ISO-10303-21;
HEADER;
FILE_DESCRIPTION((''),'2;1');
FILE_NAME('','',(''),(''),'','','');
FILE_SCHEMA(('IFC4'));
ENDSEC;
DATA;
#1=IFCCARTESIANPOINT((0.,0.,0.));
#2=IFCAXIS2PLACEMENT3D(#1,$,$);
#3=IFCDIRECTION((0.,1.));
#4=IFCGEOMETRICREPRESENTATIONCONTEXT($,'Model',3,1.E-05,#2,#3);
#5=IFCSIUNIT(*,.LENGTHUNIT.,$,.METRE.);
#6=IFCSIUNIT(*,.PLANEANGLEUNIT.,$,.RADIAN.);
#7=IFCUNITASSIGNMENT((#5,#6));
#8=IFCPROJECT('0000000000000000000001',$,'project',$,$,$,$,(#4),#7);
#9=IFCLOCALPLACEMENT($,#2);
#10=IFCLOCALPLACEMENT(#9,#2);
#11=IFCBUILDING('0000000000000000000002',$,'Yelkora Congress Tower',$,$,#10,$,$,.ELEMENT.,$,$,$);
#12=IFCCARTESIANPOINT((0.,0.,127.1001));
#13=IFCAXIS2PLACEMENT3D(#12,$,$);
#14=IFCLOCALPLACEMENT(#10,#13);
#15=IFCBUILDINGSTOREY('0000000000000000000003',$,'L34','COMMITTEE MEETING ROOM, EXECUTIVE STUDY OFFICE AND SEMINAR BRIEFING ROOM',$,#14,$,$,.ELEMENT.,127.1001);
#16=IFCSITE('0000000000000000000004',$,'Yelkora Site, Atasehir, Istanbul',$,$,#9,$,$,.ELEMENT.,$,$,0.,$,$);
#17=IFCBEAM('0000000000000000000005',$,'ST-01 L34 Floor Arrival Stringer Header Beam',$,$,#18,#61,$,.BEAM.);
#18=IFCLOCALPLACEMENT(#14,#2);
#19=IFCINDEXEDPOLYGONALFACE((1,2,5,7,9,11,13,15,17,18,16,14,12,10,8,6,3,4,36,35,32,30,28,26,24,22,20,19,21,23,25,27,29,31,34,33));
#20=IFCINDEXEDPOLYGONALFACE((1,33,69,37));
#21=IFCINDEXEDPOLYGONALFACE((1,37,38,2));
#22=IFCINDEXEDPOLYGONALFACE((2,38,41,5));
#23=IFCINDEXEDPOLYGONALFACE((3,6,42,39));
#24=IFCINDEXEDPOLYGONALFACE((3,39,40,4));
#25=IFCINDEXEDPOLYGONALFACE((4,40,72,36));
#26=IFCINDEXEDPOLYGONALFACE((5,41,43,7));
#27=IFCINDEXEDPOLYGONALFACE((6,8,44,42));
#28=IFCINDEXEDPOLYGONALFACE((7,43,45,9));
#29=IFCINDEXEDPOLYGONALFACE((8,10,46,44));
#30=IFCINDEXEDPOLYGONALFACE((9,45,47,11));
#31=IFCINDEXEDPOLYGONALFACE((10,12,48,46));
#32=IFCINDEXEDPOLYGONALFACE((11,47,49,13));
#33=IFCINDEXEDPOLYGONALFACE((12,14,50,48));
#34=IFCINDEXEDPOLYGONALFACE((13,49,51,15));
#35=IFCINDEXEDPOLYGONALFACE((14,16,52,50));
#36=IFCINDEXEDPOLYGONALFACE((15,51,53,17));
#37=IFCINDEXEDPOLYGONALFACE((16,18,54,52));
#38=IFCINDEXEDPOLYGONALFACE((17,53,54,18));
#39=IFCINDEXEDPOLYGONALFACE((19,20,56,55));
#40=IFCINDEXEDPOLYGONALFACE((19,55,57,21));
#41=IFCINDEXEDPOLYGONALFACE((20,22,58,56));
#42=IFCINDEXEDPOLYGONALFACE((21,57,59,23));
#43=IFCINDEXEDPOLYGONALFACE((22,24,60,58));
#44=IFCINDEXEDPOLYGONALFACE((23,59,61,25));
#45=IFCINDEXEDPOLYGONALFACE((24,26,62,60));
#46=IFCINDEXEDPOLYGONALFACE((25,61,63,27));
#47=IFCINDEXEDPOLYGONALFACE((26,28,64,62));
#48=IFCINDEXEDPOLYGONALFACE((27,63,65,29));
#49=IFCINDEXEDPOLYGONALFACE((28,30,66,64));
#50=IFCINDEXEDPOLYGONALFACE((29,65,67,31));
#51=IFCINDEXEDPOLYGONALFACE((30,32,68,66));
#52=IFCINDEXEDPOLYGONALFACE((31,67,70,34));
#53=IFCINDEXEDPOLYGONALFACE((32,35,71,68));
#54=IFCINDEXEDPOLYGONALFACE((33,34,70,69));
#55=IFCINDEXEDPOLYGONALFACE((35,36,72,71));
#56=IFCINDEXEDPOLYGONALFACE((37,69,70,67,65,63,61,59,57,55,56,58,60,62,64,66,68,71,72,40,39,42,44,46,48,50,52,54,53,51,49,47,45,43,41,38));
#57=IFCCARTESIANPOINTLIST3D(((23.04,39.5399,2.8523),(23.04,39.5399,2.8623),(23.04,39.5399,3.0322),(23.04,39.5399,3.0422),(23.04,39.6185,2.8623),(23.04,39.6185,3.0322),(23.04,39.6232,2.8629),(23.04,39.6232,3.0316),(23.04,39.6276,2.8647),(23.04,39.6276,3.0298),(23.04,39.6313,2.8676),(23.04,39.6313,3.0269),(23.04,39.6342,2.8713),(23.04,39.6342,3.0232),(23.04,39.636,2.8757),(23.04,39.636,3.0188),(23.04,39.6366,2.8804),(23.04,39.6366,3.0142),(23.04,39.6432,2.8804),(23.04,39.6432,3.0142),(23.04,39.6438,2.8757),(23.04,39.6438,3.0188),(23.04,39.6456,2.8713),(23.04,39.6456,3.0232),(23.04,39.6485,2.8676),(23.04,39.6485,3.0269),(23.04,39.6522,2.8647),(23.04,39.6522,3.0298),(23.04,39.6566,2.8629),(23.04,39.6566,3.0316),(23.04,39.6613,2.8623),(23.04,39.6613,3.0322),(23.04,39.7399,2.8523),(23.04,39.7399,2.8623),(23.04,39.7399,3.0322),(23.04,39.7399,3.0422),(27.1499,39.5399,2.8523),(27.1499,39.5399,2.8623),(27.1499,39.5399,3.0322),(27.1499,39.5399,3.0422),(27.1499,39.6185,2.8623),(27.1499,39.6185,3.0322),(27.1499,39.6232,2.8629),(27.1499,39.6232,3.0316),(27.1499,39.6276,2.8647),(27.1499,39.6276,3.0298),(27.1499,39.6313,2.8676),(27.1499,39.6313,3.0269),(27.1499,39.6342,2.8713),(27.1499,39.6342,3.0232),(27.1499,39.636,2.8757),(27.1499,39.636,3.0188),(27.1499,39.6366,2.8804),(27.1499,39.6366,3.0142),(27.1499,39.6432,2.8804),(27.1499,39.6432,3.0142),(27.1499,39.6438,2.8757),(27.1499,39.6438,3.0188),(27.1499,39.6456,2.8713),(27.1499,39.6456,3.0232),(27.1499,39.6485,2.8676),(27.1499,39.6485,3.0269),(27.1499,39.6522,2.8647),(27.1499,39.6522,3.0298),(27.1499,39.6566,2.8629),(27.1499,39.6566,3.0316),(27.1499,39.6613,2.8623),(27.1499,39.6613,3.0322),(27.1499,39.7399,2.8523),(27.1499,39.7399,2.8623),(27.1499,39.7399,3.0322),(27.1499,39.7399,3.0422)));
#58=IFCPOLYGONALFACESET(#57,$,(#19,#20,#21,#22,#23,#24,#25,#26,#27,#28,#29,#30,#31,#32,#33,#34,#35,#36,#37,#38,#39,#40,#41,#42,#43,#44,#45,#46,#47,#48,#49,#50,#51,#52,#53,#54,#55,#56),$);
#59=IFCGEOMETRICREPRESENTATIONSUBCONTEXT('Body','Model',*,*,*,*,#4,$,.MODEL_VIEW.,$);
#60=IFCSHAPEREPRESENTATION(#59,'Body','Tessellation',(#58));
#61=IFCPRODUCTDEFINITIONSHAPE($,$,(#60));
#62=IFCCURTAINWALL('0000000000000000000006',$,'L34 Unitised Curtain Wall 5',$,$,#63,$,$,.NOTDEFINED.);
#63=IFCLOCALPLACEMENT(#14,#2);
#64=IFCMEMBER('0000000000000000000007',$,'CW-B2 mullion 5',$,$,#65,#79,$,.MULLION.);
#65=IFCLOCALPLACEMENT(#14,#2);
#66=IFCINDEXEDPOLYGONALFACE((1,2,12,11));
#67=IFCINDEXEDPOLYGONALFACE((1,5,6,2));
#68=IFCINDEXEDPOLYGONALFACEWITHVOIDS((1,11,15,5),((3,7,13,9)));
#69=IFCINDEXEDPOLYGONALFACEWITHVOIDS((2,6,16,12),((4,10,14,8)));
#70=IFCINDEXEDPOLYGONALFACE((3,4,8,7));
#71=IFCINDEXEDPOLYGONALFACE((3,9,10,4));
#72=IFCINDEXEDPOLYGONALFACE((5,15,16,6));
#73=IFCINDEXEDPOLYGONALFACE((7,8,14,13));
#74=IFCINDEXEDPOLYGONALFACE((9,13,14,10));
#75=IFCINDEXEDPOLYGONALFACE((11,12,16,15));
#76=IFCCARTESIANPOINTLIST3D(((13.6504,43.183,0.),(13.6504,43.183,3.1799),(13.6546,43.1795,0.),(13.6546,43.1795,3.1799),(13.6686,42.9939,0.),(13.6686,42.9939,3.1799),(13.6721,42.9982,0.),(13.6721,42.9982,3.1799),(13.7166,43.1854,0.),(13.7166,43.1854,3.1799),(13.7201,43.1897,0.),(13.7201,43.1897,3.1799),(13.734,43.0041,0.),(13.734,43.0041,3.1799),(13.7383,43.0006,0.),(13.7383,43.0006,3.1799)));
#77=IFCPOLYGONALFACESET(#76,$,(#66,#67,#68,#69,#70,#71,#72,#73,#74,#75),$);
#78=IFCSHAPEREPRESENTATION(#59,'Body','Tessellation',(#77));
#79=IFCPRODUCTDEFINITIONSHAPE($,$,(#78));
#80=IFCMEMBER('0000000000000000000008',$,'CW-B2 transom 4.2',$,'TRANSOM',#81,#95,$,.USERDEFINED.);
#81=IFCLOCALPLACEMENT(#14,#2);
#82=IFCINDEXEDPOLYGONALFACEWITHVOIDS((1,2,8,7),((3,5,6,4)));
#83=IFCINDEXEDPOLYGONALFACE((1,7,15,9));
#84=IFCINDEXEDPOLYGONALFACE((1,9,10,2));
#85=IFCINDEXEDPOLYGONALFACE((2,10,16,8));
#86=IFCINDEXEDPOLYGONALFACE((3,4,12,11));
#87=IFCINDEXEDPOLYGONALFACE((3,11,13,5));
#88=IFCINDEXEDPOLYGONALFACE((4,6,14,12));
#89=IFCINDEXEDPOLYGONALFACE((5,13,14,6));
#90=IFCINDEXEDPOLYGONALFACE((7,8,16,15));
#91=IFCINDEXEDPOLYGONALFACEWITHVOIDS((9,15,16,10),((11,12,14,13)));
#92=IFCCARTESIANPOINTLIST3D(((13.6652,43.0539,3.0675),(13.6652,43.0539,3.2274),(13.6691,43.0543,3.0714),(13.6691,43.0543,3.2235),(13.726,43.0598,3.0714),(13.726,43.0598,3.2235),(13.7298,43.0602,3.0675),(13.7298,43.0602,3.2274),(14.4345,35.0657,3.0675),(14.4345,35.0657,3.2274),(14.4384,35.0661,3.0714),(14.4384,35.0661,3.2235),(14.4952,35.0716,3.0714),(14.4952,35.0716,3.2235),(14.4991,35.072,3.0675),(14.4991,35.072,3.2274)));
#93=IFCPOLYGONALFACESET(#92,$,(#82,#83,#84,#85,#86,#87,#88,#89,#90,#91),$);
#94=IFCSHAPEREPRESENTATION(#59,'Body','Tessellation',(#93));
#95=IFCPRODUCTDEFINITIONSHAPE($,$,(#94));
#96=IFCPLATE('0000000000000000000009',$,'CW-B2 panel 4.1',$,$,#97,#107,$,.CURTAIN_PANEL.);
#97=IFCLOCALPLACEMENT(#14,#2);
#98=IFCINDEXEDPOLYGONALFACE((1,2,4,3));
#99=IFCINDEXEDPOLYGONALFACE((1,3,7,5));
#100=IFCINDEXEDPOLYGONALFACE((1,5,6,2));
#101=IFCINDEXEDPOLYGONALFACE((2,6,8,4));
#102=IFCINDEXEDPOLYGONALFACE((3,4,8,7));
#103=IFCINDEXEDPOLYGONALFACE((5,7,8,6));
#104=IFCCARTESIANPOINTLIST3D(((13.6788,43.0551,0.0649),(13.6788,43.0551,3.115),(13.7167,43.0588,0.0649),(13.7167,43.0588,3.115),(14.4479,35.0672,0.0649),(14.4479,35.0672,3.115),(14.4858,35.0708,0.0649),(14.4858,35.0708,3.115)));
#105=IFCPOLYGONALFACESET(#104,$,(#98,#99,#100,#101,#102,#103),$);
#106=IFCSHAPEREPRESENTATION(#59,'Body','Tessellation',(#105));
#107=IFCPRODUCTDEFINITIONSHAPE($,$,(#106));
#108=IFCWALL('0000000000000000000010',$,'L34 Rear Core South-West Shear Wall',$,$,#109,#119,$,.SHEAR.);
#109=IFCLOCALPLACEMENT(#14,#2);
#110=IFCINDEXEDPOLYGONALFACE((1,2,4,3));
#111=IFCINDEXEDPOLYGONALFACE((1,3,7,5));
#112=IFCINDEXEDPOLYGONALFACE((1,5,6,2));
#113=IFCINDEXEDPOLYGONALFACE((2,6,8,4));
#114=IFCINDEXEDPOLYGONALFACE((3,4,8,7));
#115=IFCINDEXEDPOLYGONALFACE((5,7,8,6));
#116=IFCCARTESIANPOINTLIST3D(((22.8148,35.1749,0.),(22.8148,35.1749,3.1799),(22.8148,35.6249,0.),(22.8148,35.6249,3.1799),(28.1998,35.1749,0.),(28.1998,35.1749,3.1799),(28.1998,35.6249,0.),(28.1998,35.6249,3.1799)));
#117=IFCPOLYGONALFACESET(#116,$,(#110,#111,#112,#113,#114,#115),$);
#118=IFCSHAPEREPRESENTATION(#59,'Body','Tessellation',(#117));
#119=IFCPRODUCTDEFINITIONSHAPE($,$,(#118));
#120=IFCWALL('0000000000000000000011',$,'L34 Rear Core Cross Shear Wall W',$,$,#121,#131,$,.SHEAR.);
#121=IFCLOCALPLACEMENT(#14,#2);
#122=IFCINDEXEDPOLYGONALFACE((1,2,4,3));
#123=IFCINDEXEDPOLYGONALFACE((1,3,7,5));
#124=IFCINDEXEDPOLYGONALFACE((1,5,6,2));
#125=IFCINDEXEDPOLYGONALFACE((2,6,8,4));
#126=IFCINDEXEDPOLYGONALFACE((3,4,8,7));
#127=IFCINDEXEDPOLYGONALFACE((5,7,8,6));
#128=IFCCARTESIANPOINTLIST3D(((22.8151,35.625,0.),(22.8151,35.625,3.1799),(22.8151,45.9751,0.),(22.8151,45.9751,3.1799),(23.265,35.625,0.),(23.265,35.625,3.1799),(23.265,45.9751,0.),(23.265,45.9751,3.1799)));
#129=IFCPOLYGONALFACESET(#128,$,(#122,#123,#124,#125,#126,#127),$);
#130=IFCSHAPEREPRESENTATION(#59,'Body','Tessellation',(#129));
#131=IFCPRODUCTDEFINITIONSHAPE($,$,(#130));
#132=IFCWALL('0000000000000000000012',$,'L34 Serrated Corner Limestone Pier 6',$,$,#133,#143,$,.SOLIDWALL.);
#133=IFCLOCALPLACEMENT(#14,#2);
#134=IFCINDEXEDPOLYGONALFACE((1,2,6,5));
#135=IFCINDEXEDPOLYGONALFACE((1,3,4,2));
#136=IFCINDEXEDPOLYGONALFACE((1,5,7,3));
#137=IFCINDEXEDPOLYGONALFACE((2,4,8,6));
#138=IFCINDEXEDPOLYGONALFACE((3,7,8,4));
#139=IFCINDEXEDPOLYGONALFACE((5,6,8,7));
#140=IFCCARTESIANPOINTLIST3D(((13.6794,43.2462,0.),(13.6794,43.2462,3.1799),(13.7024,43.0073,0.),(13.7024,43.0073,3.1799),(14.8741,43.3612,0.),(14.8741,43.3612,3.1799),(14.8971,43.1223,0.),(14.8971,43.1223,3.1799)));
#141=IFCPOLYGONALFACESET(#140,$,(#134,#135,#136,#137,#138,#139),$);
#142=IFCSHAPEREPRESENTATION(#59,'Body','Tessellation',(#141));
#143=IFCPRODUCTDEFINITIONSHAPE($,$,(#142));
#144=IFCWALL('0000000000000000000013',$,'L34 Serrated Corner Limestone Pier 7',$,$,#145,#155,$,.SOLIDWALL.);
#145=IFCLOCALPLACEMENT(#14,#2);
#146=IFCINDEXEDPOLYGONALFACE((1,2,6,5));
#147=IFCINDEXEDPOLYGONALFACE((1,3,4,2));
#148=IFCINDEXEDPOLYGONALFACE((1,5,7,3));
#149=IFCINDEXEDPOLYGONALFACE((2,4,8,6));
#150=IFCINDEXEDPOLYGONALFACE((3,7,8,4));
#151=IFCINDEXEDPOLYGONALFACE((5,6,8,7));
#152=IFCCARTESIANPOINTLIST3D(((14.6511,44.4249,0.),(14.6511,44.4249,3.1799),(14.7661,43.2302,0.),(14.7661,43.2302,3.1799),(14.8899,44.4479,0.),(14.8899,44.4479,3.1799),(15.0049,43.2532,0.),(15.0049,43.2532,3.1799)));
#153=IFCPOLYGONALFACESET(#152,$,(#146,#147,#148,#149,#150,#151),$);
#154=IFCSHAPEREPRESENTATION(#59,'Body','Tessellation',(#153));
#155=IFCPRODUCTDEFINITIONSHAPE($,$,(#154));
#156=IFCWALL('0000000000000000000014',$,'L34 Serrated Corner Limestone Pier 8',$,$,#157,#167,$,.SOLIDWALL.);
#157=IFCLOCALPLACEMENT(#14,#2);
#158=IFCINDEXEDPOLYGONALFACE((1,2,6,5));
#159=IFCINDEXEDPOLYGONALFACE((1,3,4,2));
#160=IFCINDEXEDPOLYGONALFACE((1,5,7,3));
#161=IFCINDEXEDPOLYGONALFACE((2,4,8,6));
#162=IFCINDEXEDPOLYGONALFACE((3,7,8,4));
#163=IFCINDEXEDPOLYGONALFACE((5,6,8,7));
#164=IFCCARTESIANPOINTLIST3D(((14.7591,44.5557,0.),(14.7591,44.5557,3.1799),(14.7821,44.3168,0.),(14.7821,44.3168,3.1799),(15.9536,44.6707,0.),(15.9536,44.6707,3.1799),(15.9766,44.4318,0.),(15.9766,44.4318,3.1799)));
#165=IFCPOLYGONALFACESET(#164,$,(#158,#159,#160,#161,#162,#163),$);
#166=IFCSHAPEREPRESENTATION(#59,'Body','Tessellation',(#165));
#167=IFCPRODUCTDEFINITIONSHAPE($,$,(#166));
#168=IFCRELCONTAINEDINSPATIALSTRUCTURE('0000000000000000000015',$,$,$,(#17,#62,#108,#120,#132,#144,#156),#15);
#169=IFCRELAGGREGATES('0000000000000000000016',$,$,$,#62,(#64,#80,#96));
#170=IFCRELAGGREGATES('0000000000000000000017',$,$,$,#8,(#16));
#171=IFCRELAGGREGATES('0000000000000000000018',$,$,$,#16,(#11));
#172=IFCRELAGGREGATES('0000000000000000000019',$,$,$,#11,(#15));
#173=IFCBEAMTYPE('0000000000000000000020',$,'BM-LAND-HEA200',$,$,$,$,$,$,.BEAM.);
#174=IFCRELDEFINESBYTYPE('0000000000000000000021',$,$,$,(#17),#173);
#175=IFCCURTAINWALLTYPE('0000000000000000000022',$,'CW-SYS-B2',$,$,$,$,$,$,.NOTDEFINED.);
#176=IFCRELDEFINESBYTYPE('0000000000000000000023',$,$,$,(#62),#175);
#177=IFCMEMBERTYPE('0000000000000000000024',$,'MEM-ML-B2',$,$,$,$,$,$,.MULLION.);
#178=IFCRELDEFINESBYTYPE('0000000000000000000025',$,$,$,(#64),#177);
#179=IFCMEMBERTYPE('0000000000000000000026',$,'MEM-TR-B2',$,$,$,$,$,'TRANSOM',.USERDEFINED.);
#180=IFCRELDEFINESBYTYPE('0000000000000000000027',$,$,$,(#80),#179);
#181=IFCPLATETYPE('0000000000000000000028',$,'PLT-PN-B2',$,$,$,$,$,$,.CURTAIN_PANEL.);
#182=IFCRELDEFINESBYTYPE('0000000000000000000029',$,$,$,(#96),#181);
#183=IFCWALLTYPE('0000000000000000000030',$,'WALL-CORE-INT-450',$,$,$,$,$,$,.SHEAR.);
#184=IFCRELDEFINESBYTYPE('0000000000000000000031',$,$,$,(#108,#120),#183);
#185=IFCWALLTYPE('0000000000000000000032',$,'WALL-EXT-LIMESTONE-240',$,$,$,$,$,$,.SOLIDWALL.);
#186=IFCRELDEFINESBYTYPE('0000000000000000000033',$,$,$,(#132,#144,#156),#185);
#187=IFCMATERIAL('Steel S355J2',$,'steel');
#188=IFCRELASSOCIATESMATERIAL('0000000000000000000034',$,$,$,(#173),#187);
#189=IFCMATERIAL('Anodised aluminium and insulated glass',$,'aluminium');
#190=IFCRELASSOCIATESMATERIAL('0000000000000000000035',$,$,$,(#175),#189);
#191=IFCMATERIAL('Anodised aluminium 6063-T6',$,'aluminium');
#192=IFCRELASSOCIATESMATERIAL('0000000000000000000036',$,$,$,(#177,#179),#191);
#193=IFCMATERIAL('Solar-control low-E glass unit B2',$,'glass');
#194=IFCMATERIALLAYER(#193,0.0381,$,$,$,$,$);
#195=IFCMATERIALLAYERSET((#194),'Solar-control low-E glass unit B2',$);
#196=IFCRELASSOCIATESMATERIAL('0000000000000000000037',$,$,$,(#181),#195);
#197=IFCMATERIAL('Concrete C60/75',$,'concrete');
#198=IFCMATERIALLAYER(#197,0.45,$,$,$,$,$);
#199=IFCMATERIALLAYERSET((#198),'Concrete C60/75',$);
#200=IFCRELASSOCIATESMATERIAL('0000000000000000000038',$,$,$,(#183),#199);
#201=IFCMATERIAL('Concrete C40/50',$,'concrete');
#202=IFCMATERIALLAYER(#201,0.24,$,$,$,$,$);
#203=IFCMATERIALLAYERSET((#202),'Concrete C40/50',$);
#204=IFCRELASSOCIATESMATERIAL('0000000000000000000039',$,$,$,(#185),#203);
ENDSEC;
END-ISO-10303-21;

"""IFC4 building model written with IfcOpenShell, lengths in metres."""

from ifc_helpers import new_model, si_unit, direction, frame, frame_2d, origin, origin_2d, place, context, subcontext, project, spatial, rectangle, hollow_rectangle, i_section, extrude, material, layer, layer_set, material_profile, profile_set, type_object, element, aggregate, save


model = new_model("IFC4")

# Units and contexts
model_context = context("Model", 3, precision=1e-05, world=origin(), true_north=direction((0.0, 1.0)))
body_context = subcontext(model_context, "Body", "Model", "MODEL_VIEW")
ifc_project = project(units=[si_unit("LENGTHUNIT", "METRE"), si_unit("PLANEANGLEUNIT", "RADIAN")], contexts=[model_context])

# Site, building, storey
site_placement = place(None, origin())
site = spatial("IfcSite", under=ifc_project, at=site_placement, Name="Yelkora Site, Atasehir, Istanbul", CompositionType="ELEMENT", RefElevation=0.0)
building_placement = place(site_placement, origin())
building = spatial("IfcBuilding", under=site, at=building_placement, Name="Yelkora Congress Tower", CompositionType="ELEMENT")
storey_placement = place(building_placement, frame((0.0, 0.0, 127.1001)))
storey = spatial("IfcBuildingStorey", under=building, at=storey_placement, Name="L34", Description="COMMITTEE MEETING ROOM, EXECUTIVE STUDY OFFICE AND SEMINAR BRIEFING ROOM", CompositionType="ELEMENT", Elevation=127.1001)

# Beam
ifc_material_1 = material(Name="Steel S355J2", Category="steel")
ifc_material_profile_1 = material_profile(ifc_material_1, i_section(OverallWidth=0.2, OverallDepth=0.1899, WebThickness=0.0066, FlangeThickness=0.01, FilletRadius=0.0181, at=origin_2d()), Name="HEA 200")
ifc_profile_set_1 = profile_set([ifc_material_profile_1], Name="Steel S355J2")
beam_type_1 = type_object("IfcBeamType", Name="BM-LAND-HEA200", PredefinedType="BEAM", material=ifc_profile_set_1)
beam_1_placement = place(storey_placement, frame((23.04, 39.6399, 2.9473), z_axis=(1.0, 0.0, 0.0), x_axis=(0.0, 1.0, 0.0)))
element("IfcBeam", 1, at=beam_1_placement, inside=storey, type_object=beam_type_1, Name="ST-01 L34 Floor Arrival Stringer Header Beam", PredefinedType="BEAM", context=body_context, shape_type="SweptSolid", body=[
    extrude(i_section(OverallWidth=0.2, OverallDepth=0.1899, WebThickness=0.0066, FlangeThickness=0.01, FilletRadius=0.0181, at=origin_2d()), origin(), (0.0, 0.0, 1.0), 4.1099),
])

# Curtain wall, members, plate
ifc_material_2 = material(Name="Anodised aluminium and insulated glass", Category="aluminium")
curtain_wall_type = type_object("IfcCurtainWallType", Name="CW-SYS-B2", PredefinedType="NOTDEFINED", material=ifc_material_2)
curtain_wall_placement = place(storey_placement, origin())
curtain_wall = element("IfcCurtainWall", 2, at=curtain_wall_placement, inside=storey, type_object=curtain_wall_type, Name="L34 Unitised Curtain Wall 5", PredefinedType="NOTDEFINED")
ifc_material_3 = material(Name="Anodised aluminium 6063-T6", Category="aluminium")
ifc_material_profile_2 = material_profile(ifc_material_3, hollow_rectangle(XDim=0.0701, YDim=0.1899, WallThickness=0.0039, at=origin_2d()), Name="ALU 70x190x4")
ifc_profile_set_2 = profile_set([ifc_material_profile_2], Name="Anodised aluminium 6063-T6")
member_type_1 = type_object("IfcMemberType", Name="MEM-ML-B2", PredefinedType="MULLION", material=ifc_profile_set_2)
member_1_placement = place(storey_placement, frame((13.6943, 43.0918, 0.0), z_axis=(0.0, 0.0, 1.0), x_axis=(-0.995397, -0.095843, 0.0)))
member_1 = element("IfcMember", 3, at=member_1_placement, type_object=member_type_1, Name="CW-B2 mullion 5", PredefinedType="MULLION", context=body_context, shape_type="SweptSolid", body=[
    extrude(hollow_rectangle(XDim=0.0701, YDim=0.1899, WallThickness=0.0039, at=origin_2d()), origin(), (0.0, 0.0, 1.0), 3.1799),
])
ifc_material_profile_3 = material_profile(ifc_material_3, hollow_rectangle(XDim=0.0649, YDim=0.1599, WallThickness=0.0039, at=origin_2d()), Name="ALU 65x160x4")
ifc_profile_set_3 = profile_set([ifc_material_profile_3], Name="Anodised aluminium 6063-T6")
member_type_2 = type_object("IfcMemberType", Name="MEM-TR-B2", ElementType="TRANSOM", PredefinedType="USERDEFINED", material=ifc_profile_set_3)
member_2_placement = place(storey_placement, frame((14.4668, 35.0688, 3.1475), z_axis=(-0.095858, 0.995395, 0.0), x_axis=(-0.995395, -0.095858, 0.0)))
member_2 = element("IfcMember", 4, at=member_2_placement, type_object=member_type_2, Name="CW-B2 transom 4.2", ObjectType="TRANSOM", PredefinedType="USERDEFINED", context=body_context, shape_type="SweptSolid", body=[
    extrude(hollow_rectangle(XDim=0.0649, YDim=0.1599, WallThickness=0.0039, at=origin_2d()), origin(), (0.0, 0.0, 1.0), 8.0251),
])
ifc_material_4 = material(Name="Solar-control low-E glass unit B2", Category="glass")
ifc_layer_1 = layer(ifc_material_4, 0.0381)
ifc_layer_set_1 = layer_set([ifc_layer_1], Name="Solar-control low-E glass unit B2")
plate_type = type_object("IfcPlateType", Name="PLT-PN-B2", PredefinedType="CURTAIN_PANEL", material=ifc_layer_set_1)
plate_placement = place(storey_placement, frame((14.0823, 39.063, 0.0649), z_axis=(0.0, 0.0, 1.0), x_axis=(-0.095843, 0.995397, 0.0)))
plate = element("IfcPlate", 5, at=plate_placement, type_object=plate_type, Name="CW-B2 panel 4.1", PredefinedType="CURTAIN_PANEL", context=body_context, shape_type="SweptSolid", body=[
    extrude(rectangle(XDim=8.0249, YDim=0.0381, at=origin_2d()), origin(), (0.0, 0.0, 1.0), 3.05),
])
aggregate(curtain_wall, [member_1, member_2, plate])

# Walls
ifc_material_5 = material(Name="Concrete C60/75", Category="concrete")
ifc_layer_2 = layer(ifc_material_5, 0.45)
ifc_layer_set_2 = layer_set([ifc_layer_2], Name="Concrete C60/75")
wall_type_1 = type_object("IfcWallType", Name="WALL-CORE-INT-450", PredefinedType="SHEAR", material=ifc_layer_set_2)
wall_1_placement = place(storey_placement, frame((22.8149, 35.3999, 0.0), z_axis=(0.0, 0.0, 1.0), x_axis=(1.0, 0.0, 0.0)))
element("IfcWall", 6, at=wall_1_placement, inside=storey, type_object=wall_type_1, Name="L34 Rear Core South-West Shear Wall", PredefinedType="SHEAR", context=body_context, shape_type="SweptSolid", body=[
    extrude(rectangle(XDim=5.385, YDim=0.45, at=frame_2d((2.6924, 0.0))), origin(), (0.0, 0.0, 1.0), 3.1799),
])
wall_2_placement = place(storey_placement, frame((23.04, 35.625, 0.0), z_axis=(0.0, 0.0, 1.0), x_axis=(0.0, 1.0, 0.0)))
element("IfcWall", 7, at=wall_2_placement, inside=storey, type_object=wall_type_1, Name="L34 Rear Core Cross Shear Wall W", PredefinedType="SHEAR", context=body_context, shape_type="SweptSolid", body=[
    extrude(rectangle(XDim=10.3501, YDim=0.45, at=frame_2d((5.175, 0.0))), origin(), (0.0, 0.0, 1.0), 3.1799),
])
ifc_material_6 = material(Name="Concrete C40/50", Category="concrete")
ifc_layer_3 = layer(ifc_material_6, 0.24)
ifc_layer_set_3 = layer_set([ifc_layer_3], Name="Concrete C40/50")
wall_type_2 = type_object("IfcWallType", Name="WALL-EXT-LIMESTONE-240", PredefinedType="SOLIDWALL", material=ifc_layer_set_3)
for number, where, z_axis, x_axis, name in (
    (8, (13.6909, 43.1267, 0.0), (0.0, 0.0, 1.0), (0.995399, 0.095817, 0.0), "L34 Serrated Corner Limestone Pier 6"),
    (9, (14.8855, 43.2417, 0.0), (0.0, 0.0, 1.0), (-0.095817, 0.995399, 0.0), "L34 Serrated Corner Limestone Pier 7"),
):
    element("IfcWall", number, at=place(storey_placement, frame(where, z_axis=z_axis, x_axis=x_axis)), inside=storey, type_object=wall_type_2, Name=name, PredefinedType="SOLIDWALL", context=body_context, shape_type="SweptSolid", body=[
        extrude(rectangle(XDim=1.2002, YDim=0.24, at=frame_2d((0.6001, 0.0))), origin(), (0.0, 0.0, 1.0), 3.1799),
    ])
wall_3_placement = place(storey_placement, frame((14.7705, 44.4363, 0.0), z_axis=(0.0, 0.0, 1.0), x_axis=(0.995397, 0.095836, 0.0)))
element("IfcWall", 10, at=wall_3_placement, inside=storey, type_object=wall_type_2, Name="L34 Serrated Corner Limestone Pier 8", PredefinedType="SOLIDWALL", context=body_context, shape_type="SweptSolid", body=[
    extrude(rectangle(XDim=1.2, YDim=0.24, at=frame_2d((0.6001, 0.0))), origin(), (0.0, 0.0, 1.0), 3.1799),
])

save(model, "model.ifc")
